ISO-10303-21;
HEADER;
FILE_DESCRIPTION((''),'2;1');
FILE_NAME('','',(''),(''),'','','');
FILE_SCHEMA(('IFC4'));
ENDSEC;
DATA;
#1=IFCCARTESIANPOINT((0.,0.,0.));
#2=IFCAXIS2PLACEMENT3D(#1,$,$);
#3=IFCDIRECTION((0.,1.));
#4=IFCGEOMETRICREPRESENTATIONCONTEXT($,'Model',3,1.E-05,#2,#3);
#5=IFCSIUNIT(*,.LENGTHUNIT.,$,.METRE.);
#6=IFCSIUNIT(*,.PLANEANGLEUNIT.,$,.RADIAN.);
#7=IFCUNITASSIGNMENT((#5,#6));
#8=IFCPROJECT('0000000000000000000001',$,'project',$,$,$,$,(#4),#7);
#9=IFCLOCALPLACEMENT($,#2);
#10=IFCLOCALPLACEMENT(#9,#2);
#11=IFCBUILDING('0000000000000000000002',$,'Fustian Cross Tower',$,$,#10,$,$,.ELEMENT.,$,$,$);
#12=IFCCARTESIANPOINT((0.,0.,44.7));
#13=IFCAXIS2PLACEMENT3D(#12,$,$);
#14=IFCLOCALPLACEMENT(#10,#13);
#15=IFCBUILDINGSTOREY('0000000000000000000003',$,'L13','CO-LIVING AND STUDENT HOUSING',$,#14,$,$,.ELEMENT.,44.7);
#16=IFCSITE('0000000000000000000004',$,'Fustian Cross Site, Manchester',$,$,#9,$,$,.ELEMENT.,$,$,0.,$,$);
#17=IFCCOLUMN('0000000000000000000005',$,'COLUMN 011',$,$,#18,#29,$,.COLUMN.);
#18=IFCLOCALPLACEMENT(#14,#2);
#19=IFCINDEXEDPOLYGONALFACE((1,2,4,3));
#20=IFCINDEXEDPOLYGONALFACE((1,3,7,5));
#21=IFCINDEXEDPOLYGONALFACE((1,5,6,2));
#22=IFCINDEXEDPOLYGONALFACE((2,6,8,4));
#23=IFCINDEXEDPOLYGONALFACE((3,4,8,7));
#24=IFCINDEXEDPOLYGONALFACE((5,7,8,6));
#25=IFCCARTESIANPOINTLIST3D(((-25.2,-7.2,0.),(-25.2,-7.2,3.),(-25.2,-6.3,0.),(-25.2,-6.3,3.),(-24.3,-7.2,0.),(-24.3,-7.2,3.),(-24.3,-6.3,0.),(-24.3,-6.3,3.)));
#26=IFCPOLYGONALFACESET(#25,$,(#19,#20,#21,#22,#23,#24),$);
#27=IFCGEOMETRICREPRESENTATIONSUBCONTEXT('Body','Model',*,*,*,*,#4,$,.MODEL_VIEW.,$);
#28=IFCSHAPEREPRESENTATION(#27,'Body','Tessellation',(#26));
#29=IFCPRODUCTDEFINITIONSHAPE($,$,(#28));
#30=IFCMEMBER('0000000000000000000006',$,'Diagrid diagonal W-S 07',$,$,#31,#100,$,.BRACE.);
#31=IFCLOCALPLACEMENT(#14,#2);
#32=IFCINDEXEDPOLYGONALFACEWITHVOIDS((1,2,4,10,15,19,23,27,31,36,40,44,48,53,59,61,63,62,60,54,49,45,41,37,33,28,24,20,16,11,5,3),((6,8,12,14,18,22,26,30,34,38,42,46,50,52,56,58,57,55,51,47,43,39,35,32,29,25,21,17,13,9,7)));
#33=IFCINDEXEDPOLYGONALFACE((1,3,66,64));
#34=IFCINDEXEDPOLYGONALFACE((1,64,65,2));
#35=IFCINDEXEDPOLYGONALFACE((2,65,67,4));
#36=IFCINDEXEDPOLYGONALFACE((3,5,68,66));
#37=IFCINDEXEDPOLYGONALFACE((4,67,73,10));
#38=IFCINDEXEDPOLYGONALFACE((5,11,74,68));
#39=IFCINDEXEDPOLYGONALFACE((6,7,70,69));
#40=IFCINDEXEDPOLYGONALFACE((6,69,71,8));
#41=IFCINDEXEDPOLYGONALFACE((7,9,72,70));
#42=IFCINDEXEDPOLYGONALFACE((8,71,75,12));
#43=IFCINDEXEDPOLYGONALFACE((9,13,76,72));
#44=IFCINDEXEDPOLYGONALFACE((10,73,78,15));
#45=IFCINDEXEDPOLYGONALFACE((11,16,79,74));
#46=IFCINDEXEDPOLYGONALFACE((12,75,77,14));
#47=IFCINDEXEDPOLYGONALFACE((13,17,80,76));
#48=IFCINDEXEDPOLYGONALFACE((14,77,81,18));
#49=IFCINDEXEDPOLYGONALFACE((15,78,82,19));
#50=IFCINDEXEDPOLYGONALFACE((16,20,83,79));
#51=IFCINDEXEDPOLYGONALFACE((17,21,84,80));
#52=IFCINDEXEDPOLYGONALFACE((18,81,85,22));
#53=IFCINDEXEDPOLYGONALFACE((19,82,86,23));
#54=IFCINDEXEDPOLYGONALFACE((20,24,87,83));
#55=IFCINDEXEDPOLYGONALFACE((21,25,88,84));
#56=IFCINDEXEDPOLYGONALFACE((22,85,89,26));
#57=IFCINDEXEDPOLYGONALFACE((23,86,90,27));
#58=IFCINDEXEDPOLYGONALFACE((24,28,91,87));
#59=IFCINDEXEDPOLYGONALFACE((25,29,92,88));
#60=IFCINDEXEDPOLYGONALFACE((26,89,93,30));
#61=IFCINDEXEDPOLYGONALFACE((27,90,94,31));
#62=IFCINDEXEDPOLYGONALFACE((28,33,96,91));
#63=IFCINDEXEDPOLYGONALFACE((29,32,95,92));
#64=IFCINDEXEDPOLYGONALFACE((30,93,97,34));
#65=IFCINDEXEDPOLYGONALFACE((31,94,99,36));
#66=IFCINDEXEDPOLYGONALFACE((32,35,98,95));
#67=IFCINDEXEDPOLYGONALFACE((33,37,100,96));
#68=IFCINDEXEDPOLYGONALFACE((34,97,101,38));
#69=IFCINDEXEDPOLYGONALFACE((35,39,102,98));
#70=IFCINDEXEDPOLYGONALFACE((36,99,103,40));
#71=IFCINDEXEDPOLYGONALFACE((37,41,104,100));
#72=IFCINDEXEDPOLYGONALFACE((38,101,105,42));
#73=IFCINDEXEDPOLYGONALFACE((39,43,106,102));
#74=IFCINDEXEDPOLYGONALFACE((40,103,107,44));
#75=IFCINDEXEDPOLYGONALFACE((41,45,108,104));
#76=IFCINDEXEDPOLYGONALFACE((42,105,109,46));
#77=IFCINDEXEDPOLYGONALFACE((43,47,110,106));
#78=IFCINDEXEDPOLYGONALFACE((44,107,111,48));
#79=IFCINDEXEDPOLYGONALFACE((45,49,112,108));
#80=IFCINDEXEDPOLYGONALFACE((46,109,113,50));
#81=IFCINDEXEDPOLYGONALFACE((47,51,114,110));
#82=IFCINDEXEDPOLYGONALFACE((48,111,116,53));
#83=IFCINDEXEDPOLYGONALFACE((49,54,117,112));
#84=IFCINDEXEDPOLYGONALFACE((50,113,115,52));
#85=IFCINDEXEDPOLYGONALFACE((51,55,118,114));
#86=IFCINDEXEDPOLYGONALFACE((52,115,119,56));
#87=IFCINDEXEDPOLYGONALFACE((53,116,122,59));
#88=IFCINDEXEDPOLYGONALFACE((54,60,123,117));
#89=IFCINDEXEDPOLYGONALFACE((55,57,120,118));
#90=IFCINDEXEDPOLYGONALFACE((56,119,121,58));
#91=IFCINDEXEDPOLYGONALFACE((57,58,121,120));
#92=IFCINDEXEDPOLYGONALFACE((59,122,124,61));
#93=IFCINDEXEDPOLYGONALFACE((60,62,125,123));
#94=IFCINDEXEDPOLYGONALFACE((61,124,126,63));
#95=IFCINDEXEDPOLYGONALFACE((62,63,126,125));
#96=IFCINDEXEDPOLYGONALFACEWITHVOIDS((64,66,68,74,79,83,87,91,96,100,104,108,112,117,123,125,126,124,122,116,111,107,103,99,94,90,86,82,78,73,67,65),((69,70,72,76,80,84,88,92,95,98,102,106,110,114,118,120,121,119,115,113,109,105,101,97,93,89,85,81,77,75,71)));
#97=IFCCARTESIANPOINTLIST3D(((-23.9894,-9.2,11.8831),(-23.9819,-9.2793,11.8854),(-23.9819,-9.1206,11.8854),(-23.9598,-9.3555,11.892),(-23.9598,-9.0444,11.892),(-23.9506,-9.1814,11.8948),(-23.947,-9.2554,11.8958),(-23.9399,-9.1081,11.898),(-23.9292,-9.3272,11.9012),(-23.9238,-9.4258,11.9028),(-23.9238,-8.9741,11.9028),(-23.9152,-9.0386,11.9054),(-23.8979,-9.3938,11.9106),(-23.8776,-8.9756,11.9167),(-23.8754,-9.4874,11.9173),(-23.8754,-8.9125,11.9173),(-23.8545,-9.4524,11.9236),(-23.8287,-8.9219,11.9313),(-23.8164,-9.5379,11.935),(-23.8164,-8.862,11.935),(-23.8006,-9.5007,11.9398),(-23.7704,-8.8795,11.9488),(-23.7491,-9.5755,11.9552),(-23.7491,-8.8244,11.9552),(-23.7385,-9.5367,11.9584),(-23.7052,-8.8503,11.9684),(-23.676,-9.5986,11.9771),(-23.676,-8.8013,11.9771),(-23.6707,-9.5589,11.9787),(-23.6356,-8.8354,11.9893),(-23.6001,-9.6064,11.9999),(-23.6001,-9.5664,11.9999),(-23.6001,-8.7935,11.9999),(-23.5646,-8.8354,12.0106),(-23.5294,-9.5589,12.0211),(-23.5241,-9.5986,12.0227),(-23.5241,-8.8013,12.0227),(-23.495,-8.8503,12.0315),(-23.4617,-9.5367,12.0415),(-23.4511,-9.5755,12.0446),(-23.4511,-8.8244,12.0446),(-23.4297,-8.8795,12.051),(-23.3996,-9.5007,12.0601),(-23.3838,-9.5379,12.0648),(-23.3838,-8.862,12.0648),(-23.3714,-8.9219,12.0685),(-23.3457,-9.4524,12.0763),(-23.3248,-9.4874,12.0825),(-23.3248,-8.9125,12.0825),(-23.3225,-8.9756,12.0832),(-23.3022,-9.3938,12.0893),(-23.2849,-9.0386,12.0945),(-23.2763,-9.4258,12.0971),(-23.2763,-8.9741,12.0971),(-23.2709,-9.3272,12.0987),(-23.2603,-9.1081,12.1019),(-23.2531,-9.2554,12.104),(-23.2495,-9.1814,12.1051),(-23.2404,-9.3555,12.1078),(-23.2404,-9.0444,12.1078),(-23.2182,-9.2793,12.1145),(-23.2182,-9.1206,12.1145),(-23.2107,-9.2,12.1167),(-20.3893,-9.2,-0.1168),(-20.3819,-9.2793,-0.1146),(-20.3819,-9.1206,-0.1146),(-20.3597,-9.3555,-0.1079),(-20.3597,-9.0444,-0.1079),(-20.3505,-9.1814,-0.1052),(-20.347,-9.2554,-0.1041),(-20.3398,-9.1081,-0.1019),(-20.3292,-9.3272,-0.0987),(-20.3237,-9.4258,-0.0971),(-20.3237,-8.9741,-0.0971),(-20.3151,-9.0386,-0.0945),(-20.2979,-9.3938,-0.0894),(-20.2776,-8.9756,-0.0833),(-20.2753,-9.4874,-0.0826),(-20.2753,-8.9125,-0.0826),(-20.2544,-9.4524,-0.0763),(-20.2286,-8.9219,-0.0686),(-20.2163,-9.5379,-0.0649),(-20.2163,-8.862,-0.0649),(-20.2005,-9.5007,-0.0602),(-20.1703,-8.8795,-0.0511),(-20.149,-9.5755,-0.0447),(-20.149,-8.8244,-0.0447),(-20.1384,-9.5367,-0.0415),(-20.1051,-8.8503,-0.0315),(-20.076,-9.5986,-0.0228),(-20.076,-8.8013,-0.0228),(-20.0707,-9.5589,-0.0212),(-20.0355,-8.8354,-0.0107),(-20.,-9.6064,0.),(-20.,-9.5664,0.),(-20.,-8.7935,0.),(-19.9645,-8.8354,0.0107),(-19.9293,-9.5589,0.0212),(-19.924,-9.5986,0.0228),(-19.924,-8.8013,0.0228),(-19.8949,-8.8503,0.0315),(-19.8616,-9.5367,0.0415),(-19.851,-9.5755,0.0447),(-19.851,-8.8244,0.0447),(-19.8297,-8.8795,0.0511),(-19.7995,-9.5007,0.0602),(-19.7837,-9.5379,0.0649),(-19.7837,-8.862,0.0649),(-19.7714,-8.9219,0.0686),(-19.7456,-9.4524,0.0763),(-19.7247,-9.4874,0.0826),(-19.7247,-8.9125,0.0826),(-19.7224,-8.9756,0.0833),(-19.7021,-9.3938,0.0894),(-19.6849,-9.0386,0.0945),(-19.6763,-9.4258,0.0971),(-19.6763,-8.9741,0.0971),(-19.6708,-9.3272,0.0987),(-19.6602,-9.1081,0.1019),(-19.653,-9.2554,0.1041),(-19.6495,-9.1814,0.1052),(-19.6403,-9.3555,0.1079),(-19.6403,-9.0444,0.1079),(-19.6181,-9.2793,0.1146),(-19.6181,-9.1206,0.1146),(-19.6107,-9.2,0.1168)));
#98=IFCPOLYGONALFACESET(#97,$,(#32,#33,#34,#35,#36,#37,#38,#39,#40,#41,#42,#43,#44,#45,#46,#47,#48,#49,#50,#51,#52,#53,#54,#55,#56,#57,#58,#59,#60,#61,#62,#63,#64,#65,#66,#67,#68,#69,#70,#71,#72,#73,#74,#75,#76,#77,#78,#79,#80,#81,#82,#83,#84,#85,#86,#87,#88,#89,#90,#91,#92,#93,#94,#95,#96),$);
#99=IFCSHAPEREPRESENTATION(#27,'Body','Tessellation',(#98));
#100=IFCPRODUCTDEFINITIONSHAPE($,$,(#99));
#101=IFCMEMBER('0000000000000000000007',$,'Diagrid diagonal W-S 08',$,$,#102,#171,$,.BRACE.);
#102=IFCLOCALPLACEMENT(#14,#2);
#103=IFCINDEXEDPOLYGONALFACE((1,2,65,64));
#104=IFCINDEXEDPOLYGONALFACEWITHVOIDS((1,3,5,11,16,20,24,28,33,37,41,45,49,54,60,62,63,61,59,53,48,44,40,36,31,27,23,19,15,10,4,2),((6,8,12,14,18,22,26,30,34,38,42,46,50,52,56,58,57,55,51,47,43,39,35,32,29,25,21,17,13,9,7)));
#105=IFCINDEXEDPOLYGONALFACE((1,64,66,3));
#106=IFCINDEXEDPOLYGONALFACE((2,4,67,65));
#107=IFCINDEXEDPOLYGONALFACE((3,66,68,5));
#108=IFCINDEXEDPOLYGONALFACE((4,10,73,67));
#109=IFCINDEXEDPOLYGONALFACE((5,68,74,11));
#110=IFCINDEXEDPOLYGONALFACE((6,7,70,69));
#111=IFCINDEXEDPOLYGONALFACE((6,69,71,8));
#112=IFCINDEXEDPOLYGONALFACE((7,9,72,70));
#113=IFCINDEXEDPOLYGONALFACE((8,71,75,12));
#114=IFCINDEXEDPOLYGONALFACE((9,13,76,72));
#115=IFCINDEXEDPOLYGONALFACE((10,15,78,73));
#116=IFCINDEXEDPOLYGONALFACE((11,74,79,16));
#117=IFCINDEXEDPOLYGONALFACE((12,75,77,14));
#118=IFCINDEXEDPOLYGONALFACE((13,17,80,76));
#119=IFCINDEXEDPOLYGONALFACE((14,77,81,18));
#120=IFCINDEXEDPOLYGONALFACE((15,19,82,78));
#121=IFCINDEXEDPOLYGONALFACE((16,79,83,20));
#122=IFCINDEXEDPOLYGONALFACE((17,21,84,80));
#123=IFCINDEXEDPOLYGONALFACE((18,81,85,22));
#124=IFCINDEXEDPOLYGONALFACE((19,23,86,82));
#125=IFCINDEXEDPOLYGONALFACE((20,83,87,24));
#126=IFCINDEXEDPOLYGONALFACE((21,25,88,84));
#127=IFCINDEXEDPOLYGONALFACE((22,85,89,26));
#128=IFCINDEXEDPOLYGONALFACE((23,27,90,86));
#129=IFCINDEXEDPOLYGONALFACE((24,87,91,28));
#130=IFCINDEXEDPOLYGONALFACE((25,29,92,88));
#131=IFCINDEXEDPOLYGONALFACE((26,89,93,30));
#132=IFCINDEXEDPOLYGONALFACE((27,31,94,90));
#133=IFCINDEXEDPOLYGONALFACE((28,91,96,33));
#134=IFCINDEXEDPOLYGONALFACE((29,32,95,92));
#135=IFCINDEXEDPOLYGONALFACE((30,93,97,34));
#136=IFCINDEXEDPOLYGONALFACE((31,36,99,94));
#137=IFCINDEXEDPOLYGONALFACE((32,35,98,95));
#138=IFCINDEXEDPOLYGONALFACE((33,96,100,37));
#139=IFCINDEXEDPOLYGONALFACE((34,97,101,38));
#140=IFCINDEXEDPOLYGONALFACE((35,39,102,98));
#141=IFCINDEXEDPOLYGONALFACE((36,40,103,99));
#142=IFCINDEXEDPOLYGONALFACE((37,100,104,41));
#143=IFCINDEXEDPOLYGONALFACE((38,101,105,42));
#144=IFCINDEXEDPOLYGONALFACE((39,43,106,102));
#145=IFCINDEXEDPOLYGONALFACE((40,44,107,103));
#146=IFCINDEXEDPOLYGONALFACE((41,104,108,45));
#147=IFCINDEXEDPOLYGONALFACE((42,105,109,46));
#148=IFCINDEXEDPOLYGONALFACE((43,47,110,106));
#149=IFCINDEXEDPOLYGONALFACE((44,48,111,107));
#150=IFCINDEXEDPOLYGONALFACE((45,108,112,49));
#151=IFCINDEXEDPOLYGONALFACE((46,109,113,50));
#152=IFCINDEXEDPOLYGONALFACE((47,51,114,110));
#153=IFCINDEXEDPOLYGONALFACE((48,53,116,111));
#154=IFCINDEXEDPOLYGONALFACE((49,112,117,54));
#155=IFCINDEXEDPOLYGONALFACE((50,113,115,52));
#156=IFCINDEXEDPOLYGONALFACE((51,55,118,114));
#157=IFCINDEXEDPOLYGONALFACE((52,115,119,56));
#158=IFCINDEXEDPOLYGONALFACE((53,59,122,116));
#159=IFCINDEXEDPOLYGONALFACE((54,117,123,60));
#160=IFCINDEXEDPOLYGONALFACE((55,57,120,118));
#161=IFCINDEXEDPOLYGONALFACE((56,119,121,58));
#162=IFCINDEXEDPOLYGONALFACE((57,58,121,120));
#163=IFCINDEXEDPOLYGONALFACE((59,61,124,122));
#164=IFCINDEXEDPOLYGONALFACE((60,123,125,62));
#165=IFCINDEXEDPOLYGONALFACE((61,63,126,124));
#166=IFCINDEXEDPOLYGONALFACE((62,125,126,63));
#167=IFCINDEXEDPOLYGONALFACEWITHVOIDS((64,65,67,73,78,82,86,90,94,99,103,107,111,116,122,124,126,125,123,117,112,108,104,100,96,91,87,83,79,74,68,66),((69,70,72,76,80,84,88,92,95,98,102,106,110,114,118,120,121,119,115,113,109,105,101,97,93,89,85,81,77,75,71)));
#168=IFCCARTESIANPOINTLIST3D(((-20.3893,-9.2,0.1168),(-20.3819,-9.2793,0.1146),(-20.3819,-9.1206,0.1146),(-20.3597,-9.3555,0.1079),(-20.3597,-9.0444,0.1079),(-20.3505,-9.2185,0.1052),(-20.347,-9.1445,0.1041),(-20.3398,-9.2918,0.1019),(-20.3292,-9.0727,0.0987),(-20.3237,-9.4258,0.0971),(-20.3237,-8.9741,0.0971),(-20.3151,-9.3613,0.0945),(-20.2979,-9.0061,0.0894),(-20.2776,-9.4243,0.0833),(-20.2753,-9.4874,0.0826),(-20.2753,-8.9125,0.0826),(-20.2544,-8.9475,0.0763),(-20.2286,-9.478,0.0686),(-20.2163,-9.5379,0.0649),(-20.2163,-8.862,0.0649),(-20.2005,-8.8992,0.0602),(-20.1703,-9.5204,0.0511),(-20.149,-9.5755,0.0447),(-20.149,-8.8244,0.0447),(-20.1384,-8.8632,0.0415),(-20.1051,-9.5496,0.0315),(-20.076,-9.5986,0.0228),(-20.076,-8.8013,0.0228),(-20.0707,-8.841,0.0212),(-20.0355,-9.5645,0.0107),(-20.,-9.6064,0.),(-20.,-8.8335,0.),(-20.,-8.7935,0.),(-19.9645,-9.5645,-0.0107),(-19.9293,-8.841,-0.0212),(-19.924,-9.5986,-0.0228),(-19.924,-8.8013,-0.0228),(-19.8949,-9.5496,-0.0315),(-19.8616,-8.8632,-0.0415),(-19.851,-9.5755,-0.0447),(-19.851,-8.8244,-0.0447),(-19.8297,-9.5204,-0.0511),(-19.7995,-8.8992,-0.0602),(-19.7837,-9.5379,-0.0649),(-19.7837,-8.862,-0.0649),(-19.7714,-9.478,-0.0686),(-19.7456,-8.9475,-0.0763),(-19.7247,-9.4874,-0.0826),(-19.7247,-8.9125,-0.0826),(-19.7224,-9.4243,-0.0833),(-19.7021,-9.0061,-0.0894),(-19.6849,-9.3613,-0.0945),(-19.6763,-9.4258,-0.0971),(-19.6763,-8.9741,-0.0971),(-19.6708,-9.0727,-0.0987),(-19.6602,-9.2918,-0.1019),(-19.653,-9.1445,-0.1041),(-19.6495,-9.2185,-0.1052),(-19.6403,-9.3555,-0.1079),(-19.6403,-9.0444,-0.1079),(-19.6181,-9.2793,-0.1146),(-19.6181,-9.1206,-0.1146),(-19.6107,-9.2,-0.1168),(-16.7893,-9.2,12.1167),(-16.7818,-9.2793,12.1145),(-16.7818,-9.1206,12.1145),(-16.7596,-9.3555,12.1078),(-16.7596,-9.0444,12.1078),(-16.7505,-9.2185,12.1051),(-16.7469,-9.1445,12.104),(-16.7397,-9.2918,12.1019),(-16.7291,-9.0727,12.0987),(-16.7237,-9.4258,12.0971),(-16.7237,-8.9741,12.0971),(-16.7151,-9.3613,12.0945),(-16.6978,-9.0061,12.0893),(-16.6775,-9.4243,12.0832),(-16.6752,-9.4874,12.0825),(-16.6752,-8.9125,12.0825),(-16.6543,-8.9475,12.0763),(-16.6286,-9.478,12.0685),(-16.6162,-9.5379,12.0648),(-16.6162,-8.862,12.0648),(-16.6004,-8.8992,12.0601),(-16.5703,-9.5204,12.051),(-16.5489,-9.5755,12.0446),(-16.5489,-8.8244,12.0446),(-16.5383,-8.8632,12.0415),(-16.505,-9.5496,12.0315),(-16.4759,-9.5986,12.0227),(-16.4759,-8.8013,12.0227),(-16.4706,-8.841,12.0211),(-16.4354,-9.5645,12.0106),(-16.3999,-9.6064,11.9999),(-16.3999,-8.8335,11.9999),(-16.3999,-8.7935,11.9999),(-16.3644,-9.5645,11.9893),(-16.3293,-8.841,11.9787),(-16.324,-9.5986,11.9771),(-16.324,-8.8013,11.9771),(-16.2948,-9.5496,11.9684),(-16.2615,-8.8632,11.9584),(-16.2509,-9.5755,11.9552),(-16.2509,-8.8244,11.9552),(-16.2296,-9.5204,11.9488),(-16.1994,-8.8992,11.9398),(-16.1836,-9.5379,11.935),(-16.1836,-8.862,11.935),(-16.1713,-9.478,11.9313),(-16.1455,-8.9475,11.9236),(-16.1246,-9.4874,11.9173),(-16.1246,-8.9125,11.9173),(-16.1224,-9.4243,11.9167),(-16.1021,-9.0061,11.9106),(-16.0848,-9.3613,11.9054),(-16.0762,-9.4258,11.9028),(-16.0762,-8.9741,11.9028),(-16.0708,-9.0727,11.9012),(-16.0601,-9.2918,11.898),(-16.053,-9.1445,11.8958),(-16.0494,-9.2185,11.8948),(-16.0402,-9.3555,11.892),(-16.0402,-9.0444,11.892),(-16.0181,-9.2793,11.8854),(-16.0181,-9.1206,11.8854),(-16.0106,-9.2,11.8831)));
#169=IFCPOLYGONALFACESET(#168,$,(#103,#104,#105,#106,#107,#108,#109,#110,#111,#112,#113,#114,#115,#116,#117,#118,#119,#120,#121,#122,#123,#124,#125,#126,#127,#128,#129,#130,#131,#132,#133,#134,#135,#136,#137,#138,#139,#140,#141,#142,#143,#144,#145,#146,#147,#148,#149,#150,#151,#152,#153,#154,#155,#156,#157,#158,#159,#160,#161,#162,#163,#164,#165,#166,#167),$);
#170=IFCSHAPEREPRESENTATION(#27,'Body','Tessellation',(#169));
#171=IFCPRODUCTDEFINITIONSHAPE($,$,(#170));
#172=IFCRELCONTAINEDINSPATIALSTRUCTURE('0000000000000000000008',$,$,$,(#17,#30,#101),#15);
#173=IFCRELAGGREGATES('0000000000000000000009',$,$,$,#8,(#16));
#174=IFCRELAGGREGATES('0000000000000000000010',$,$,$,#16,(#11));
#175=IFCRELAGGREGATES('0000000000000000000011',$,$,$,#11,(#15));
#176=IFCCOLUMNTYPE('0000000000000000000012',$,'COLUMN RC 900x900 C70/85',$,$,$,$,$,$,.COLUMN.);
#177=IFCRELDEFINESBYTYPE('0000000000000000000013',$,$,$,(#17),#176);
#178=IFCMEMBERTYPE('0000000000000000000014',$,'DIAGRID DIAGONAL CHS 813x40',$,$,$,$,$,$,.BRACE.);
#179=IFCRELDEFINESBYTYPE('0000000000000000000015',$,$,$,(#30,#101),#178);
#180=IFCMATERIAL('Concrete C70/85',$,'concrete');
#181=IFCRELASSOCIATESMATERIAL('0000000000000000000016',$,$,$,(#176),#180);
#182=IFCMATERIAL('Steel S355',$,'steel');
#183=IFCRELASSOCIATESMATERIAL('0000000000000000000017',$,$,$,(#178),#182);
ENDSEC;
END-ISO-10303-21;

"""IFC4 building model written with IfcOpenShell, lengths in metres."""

from ifc_helpers import new_model, si_unit, direction, frame, origin, origin_2d, place, context, subcontext, project, spatial, rectangle, hollow_circle, extrude, material, material_profile, profile_set, type_object, element, save


model = new_model("IFC4")

# Units and contexts
model_context = context("Model", 3, precision=1e-05, world=origin(), true_north=direction((0.0, 1.0)))
body_context = subcontext(model_context, "Body", "Model", "MODEL_VIEW")
ifc_project = project(units=[si_unit("LENGTHUNIT", "METRE"), si_unit("PLANEANGLEUNIT", "RADIAN")], contexts=[model_context])

# Site, building, storey
site_placement = place(None, origin())
site = spatial("IfcSite", under=ifc_project, at=site_placement, Name="Fustian Cross Site, Manchester", CompositionType="ELEMENT", RefElevation=0.0)
building_placement = place(site_placement, origin())
building = spatial("IfcBuilding", under=site, at=building_placement, Name="Fustian Cross Tower", CompositionType="ELEMENT")
storey_placement = place(building_placement, frame((0.0, 0.0, 44.7)))
storey = spatial("IfcBuildingStorey", under=building, at=storey_placement, Name="L13", Description="CO-LIVING AND STUDENT HOUSING", CompositionType="ELEMENT", Elevation=44.7)

# Column
ifc_material_1 = material(Name="Concrete C70/85", Category="concrete")
ifc_material_profile_1 = material_profile(ifc_material_1, rectangle(XDim=0.8999, YDim=0.8999, at=origin_2d()), Name="RC 900x900")
ifc_profile_set_1 = profile_set([ifc_material_profile_1], Name="Concrete C70/85")
column_type = type_object("IfcColumnType", Name="COLUMN RC 900x900 C70/85", PredefinedType="COLUMN", material=ifc_profile_set_1)
column_placement = place(storey_placement, frame((-24.75, -6.75, 0.0), z_axis=(0.0, 0.0, 1.0), x_axis=(1.0, 0.0, 0.0)))
element("IfcColumn", 1, at=column_placement, inside=storey, type_object=column_type, Name="COLUMN 011", PredefinedType="COLUMN", context=body_context, shape_type="SweptSolid", body=[
    extrude(rectangle(XDim=0.8999, YDim=0.8999, at=origin_2d()), origin(), (0.0, 0.0, 1.0), 3.0),
])

# Members
ifc_material_2 = material(Name="Steel S355", Category="steel")
ifc_material_profile_2 = material_profile(ifc_material_2, hollow_circle(Radius=0.4065, WallThickness=0.04, at=origin_2d()), Name="CHS 813x40")
ifc_profile_set_2 = profile_set([ifc_material_profile_2], Name="Steel S355")
member_type_1 = type_object("IfcMemberType", Name="DIAGRID DIAGONAL CHS 813x40", PredefinedType="BRACE", material=ifc_profile_set_2)
for number, where, z_axis, x_axis, name in (
    (2, (-20.0, -9.2, 0.0), (-0.287355, 0.0, 0.957824), (0.0, -1.0, 0.0), "Diagrid diagonal W-S 07"),
    (3, (-20.0, -9.2, 0.0), (0.287355, 0.0, 0.957824), (0.0, 1.0, 0.0), "Diagrid diagonal W-S 08"),
):
    element("IfcMember", number, at=place(storey_placement, frame(where, z_axis=z_axis, x_axis=x_axis)), inside=storey, type_object=member_type_1, Name=name, PredefinedType="BRACE", context=body_context, shape_type="SweptSolid", body=[
        extrude(hollow_circle(Radius=0.4065, WallThickness=0.04, at=origin_2d()), origin(), (0.0, 0.0, 1.0), 12.5283),
    ])

save(model, "model.ifc")
